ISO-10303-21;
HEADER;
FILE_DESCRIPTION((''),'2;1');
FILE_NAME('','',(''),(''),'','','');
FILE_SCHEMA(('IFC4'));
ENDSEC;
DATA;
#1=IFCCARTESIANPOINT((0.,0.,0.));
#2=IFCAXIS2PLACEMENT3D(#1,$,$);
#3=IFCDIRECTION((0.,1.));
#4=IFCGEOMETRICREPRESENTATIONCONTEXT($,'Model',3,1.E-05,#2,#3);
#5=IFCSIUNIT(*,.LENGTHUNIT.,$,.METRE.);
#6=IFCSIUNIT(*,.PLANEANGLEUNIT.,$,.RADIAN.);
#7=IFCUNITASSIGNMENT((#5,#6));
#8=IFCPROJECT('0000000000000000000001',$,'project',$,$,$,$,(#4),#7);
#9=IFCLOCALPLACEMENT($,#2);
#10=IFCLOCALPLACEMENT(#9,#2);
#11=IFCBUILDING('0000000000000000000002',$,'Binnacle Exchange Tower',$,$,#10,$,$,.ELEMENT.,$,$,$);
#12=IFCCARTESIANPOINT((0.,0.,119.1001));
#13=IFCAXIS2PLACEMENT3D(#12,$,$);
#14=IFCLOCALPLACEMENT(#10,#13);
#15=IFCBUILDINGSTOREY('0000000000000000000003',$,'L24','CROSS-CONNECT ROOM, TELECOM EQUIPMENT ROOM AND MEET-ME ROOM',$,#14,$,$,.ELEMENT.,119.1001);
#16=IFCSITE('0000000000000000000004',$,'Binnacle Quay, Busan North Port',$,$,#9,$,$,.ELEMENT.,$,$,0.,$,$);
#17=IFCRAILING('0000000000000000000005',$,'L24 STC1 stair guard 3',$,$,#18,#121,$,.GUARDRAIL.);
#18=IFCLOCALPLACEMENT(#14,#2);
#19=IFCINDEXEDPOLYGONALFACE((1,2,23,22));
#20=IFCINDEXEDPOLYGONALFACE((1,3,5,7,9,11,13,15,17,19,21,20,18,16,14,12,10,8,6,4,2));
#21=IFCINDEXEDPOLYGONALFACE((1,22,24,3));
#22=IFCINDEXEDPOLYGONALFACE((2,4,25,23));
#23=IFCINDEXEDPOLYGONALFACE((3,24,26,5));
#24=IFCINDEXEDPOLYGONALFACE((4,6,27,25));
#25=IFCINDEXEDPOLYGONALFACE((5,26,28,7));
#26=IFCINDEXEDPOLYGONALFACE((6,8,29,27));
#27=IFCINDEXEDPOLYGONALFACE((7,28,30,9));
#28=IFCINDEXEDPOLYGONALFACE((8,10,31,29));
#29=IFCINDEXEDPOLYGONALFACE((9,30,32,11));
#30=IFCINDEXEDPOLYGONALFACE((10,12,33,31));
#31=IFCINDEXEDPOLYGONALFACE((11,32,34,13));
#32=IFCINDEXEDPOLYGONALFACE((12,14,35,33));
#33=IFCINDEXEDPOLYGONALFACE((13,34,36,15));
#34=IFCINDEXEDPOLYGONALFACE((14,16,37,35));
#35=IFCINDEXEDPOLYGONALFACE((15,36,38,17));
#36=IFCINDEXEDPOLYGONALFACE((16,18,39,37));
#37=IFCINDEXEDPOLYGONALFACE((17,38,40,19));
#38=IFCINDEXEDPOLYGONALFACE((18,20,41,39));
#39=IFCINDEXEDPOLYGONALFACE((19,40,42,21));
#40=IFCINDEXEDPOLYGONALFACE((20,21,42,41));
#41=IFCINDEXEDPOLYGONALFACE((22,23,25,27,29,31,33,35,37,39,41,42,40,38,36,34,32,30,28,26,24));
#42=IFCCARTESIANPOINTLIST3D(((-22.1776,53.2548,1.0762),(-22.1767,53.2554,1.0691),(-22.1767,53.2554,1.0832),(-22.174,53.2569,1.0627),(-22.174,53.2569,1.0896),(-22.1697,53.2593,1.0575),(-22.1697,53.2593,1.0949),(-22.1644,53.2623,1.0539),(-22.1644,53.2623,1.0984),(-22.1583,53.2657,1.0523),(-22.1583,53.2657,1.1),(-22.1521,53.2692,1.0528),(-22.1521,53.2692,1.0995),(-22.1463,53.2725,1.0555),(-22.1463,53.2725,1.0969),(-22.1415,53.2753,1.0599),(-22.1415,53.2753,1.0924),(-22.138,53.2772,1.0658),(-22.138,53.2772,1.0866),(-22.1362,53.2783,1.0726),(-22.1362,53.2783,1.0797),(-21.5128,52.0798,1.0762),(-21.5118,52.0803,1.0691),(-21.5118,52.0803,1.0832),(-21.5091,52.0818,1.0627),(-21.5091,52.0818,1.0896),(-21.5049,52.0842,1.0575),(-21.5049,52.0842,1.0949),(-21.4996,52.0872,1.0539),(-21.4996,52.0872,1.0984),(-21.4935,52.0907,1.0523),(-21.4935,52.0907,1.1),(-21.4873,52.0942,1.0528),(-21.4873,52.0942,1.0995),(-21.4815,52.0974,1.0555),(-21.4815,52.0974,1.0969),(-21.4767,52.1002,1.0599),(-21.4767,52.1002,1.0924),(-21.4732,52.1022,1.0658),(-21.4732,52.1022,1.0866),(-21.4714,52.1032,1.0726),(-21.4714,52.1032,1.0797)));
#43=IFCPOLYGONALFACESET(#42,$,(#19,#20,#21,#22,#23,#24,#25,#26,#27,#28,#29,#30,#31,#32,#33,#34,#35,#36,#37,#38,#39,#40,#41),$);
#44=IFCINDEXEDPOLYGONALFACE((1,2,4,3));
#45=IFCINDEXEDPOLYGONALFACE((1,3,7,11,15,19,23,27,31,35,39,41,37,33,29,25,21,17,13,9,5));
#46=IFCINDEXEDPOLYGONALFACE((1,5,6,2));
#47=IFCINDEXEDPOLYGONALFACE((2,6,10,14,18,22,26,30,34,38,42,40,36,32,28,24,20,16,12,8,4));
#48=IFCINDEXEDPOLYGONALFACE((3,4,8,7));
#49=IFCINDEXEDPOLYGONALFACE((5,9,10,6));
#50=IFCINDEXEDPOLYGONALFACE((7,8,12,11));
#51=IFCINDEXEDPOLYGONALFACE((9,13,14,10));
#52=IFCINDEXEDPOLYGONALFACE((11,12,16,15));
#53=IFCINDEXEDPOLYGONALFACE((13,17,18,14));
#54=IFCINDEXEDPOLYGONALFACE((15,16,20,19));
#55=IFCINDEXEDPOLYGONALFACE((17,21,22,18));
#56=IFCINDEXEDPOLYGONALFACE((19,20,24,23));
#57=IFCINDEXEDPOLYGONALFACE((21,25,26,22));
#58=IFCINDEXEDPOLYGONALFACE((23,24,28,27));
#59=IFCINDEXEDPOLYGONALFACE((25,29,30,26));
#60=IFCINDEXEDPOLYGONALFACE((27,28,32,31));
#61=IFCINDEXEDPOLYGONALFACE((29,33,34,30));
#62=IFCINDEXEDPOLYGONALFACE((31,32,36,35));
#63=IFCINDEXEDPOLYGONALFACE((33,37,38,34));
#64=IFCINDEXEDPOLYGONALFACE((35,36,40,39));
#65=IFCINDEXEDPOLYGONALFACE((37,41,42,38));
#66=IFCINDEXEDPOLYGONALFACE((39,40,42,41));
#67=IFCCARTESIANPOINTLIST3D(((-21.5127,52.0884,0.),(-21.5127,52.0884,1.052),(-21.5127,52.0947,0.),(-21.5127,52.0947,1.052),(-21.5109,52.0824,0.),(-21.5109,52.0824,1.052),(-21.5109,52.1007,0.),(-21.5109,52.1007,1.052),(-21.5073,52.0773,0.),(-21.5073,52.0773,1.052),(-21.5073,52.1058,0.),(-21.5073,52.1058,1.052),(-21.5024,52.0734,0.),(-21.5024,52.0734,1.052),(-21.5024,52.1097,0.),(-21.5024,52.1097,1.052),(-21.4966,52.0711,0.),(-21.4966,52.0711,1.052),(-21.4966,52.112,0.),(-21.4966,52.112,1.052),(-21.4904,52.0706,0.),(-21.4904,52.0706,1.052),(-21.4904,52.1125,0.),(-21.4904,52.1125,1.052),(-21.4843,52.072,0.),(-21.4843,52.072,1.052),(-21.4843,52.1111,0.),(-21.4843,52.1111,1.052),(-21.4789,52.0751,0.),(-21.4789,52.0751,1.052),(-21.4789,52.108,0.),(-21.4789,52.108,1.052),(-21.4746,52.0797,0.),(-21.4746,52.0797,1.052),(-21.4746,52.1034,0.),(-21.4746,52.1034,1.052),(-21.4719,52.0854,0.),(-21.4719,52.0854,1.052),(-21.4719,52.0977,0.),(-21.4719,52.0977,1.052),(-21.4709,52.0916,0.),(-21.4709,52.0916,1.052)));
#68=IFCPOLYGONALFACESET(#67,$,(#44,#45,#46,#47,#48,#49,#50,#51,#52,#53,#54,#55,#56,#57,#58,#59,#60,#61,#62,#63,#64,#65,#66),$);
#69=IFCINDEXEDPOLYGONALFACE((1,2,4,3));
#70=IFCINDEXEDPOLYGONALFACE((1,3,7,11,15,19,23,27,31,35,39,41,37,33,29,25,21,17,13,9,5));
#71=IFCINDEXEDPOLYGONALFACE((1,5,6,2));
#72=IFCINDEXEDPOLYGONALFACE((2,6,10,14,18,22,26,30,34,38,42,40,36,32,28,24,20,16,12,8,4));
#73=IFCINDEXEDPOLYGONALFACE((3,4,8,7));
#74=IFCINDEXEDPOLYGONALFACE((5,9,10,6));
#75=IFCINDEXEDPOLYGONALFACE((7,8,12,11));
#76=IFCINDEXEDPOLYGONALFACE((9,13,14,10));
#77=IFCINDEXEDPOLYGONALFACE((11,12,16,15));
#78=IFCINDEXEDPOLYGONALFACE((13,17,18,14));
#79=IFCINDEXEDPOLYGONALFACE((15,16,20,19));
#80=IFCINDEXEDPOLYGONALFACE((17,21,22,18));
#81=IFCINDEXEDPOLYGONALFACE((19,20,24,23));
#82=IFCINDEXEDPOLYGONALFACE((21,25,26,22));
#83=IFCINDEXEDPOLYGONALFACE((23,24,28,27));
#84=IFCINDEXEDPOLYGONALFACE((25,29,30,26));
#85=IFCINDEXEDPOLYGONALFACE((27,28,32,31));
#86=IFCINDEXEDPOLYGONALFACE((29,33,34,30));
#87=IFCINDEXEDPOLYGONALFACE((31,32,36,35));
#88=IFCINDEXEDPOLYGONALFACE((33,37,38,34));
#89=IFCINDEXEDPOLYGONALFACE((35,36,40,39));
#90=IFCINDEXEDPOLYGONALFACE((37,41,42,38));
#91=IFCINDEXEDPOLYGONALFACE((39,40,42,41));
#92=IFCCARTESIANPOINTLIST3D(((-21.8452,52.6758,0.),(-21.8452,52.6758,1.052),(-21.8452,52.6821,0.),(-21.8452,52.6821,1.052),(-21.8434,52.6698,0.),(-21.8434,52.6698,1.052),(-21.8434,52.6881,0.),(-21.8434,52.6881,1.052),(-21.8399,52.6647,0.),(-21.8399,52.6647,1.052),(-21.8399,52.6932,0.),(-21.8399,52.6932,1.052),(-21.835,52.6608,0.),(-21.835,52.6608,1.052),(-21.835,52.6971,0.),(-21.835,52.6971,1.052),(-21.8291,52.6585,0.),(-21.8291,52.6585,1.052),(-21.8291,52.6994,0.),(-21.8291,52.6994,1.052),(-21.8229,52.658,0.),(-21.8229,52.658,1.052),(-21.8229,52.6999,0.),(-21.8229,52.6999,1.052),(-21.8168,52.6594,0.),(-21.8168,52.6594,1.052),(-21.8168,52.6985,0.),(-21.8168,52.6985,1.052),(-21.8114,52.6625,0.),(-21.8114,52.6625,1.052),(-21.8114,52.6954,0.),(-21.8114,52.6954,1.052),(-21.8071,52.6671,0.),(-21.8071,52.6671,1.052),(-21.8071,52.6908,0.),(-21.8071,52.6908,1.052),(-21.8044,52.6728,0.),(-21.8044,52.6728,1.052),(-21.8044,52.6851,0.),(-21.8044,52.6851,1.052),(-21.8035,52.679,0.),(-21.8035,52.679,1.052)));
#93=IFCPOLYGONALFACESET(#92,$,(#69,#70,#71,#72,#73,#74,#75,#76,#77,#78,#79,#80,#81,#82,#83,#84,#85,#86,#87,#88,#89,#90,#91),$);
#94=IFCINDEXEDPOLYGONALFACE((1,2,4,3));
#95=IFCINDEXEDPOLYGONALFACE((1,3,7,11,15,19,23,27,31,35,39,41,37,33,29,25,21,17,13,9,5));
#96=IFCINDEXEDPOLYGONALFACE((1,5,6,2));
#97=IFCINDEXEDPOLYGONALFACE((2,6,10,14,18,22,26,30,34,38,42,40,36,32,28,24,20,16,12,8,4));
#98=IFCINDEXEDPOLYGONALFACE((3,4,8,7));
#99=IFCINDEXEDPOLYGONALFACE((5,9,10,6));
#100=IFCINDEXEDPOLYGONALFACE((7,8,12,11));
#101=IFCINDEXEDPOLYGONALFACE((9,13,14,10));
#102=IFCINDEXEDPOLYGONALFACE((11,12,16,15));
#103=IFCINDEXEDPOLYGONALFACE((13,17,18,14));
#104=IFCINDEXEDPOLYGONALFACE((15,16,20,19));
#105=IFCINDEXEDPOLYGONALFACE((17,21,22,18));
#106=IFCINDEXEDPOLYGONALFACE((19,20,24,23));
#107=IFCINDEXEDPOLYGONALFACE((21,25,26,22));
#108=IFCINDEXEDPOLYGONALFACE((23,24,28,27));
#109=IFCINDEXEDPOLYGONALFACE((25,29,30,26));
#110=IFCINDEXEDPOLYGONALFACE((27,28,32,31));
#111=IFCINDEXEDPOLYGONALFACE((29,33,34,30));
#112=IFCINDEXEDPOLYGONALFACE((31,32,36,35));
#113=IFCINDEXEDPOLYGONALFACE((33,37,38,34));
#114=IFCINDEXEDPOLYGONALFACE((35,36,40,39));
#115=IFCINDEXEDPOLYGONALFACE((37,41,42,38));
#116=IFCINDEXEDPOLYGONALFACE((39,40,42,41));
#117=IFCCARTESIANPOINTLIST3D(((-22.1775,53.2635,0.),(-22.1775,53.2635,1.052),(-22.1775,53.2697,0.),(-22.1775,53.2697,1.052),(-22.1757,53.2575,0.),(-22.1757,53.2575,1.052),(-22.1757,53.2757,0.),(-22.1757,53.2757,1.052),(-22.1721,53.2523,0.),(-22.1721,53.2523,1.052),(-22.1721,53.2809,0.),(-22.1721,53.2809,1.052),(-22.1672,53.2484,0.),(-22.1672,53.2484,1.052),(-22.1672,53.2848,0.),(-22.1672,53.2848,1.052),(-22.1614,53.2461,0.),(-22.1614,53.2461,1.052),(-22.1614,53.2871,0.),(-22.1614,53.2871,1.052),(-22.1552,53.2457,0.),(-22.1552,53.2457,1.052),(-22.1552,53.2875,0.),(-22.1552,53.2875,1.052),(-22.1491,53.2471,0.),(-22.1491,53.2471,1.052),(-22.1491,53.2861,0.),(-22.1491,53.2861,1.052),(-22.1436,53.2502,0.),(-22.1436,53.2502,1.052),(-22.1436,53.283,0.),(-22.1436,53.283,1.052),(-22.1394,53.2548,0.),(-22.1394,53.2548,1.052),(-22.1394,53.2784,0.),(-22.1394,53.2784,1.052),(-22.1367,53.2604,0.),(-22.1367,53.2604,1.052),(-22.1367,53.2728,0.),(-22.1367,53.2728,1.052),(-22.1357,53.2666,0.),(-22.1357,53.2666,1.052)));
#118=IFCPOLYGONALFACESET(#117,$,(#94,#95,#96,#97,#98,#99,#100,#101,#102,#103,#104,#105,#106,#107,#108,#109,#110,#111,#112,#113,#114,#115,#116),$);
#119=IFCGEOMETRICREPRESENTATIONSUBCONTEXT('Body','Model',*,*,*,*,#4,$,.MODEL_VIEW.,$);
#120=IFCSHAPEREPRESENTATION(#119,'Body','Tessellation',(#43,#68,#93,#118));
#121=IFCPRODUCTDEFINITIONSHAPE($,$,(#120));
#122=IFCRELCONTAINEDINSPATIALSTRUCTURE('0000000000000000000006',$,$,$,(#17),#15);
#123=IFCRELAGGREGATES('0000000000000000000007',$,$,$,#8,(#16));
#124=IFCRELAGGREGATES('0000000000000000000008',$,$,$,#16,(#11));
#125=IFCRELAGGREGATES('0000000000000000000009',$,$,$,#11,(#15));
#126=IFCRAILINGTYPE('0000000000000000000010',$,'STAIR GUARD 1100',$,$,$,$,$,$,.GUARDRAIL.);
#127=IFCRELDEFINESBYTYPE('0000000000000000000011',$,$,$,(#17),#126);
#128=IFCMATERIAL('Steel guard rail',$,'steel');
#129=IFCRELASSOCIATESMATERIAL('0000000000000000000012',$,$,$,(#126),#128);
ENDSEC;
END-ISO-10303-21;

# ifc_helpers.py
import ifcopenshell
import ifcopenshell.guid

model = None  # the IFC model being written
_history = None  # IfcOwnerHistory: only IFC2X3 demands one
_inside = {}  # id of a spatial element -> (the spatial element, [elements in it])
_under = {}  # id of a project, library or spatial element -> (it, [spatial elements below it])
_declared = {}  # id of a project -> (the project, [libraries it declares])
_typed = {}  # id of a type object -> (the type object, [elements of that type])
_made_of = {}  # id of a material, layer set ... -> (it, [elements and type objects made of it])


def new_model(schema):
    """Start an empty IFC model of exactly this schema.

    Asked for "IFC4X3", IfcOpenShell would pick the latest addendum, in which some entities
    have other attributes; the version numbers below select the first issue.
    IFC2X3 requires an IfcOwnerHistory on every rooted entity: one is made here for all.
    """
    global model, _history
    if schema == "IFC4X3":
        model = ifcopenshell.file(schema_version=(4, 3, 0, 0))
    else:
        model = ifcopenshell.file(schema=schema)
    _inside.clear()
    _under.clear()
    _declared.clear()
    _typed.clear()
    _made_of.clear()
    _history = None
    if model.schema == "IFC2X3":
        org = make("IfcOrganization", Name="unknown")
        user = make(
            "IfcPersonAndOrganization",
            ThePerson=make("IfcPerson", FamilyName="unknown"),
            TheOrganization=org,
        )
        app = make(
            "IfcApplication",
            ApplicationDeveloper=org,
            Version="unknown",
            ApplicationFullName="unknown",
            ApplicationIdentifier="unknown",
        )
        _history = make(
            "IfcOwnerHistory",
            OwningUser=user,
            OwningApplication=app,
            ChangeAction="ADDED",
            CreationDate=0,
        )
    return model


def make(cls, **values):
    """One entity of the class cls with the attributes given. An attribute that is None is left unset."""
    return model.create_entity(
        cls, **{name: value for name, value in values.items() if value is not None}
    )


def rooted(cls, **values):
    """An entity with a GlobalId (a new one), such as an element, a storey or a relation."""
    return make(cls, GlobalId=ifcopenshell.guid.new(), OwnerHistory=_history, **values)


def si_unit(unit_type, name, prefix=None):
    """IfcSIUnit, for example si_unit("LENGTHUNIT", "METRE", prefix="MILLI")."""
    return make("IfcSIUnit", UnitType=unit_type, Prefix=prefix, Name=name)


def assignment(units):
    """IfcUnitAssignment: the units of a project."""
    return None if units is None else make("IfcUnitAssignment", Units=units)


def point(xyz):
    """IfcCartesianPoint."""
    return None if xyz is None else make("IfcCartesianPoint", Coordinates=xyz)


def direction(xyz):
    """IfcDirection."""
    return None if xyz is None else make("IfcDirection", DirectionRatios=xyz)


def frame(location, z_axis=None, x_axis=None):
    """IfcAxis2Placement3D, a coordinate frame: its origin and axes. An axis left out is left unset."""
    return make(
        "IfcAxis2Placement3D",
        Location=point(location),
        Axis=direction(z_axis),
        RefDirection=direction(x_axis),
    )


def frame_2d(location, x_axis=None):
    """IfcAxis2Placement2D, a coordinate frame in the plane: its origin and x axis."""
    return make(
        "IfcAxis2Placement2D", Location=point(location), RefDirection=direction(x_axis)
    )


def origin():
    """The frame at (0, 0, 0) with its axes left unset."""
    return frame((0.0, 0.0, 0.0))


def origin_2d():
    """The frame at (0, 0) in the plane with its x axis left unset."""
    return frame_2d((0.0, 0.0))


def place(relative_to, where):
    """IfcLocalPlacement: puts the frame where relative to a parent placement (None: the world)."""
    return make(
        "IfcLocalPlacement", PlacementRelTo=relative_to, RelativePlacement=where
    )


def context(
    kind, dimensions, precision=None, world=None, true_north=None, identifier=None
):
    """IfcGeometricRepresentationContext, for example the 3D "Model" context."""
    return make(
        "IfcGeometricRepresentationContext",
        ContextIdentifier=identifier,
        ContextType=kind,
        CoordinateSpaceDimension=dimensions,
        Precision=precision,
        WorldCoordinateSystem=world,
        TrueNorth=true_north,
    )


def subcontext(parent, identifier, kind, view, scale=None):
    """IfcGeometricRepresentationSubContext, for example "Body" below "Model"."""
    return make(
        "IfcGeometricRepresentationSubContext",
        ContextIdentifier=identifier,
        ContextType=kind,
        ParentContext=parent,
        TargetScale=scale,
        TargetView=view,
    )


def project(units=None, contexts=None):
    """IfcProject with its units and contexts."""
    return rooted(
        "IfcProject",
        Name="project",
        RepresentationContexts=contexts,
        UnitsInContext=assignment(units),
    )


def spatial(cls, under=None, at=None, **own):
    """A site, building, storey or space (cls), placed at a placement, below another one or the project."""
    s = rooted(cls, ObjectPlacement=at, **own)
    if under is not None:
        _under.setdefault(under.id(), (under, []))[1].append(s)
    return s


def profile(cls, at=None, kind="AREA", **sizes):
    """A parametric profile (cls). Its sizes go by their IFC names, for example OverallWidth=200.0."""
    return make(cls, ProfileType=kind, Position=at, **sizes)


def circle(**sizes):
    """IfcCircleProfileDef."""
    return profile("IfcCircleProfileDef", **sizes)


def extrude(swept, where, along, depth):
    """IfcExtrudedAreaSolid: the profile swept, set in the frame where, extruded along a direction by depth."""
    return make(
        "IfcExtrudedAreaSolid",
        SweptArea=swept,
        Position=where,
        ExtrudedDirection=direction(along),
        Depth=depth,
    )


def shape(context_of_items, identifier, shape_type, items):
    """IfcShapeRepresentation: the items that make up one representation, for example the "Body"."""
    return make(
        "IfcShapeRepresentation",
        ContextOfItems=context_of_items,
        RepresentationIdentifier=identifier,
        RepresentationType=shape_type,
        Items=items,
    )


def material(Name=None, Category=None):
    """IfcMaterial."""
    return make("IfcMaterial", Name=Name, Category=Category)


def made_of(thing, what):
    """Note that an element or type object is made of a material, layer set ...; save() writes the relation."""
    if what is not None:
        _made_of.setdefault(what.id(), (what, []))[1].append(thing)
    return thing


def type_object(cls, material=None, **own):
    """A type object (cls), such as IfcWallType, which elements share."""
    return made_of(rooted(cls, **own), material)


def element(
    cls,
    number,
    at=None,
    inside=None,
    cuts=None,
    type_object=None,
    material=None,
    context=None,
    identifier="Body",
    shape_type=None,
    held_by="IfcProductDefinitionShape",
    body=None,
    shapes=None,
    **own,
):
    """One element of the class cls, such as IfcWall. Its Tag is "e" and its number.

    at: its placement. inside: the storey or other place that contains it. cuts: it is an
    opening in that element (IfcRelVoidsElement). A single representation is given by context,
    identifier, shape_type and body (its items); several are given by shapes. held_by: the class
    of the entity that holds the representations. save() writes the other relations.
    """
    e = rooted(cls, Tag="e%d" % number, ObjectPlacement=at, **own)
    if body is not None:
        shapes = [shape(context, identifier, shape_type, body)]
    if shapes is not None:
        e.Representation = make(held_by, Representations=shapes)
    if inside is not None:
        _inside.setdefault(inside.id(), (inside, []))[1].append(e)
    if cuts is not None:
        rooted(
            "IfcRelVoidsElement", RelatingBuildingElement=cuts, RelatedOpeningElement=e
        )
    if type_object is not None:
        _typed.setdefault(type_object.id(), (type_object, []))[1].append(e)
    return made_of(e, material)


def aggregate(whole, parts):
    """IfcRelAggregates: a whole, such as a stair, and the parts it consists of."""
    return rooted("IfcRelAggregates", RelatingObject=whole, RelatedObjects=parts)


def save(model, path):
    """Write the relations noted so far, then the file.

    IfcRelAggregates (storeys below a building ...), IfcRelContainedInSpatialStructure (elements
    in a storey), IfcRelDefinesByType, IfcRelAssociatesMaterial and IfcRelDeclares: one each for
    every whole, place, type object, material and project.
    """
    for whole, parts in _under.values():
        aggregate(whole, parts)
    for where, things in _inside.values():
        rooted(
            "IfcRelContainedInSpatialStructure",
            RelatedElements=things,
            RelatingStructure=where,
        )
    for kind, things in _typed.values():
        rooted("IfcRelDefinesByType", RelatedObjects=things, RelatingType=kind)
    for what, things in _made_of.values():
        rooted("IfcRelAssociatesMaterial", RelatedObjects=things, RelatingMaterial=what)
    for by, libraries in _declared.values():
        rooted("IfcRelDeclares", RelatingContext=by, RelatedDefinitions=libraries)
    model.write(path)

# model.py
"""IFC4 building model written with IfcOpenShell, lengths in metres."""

from ifc_helpers import new_model, si_unit, direction, frame, origin, origin_2d, place, context, subcontext, project, spatial, circle, extrude, material, type_object, element, save


model = new_model("IFC4")

# Units and contexts
model_context = context("Model", 3, precision=1e-05, world=origin(), true_north=direction((0.0, 1.0)))
body_context = subcontext(model_context, "Body", "Model", "MODEL_VIEW")
ifc_project = project(units=[si_unit("LENGTHUNIT", "METRE"), si_unit("PLANEANGLEUNIT", "RADIAN")], contexts=[model_context])

# Site, building, storey
site_placement = place(None, origin())
site = spatial("IfcSite", under=ifc_project, at=site_placement, Name="Binnacle Quay, Busan North Port", CompositionType="ELEMENT", RefElevation=0.0)
building_placement = place(site_placement, origin())
building = spatial("IfcBuilding", under=site, at=building_placement, Name="Binnacle Exchange Tower", CompositionType="ELEMENT")
storey_placement = place(building_placement, frame((0.0, 0.0, 119.1001)))
storey = spatial("IfcBuildingStorey", under=building, at=storey_placement, Name="L24", Description="CROSS-CONNECT ROOM, TELECOM EQUIPMENT ROOM AND MEET-ME ROOM", CompositionType="ELEMENT", Elevation=119.1001)

# Railing
ifc_material_1 = material(Name="Steel guard rail", Category="steel")
railing_type_1 = type_object("IfcRailingType", Name="STAIR GUARD 1100", PredefinedType="GUARDRAIL", material=ifc_material_1)
railing_1_placement = place(storey_placement, frame((-21.4919, 52.0916, 0.0)))
element("IfcRailing", 1, at=railing_1_placement, inside=storey, type_object=railing_type_1, Name="L24 STC1 stair guard 3", PredefinedType="GUARDRAIL", context=body_context, shape_type="SweptSolid", body=[
    extrude(circle(Radius=0.0239, at=origin_2d()), frame((0.0, 0.0, 1.0762), z_axis=(-0.492415, 0.870361, 0.0), x_axis=(-0.870361, -0.492415, 0.0)), (0.0, 0.0, 1.0), 1.3501),
    extrude(circle(Radius=0.021, at=origin_2d()), origin(), (0.0, 0.0, 1.0), 1.052),
    extrude(circle(Radius=0.021, at=origin_2d()), frame((-0.3325, 0.5874, 0.0)), (0.0, 0.0, 1.0), 1.052),
    extrude(circle(Radius=0.021, at=origin_2d()), frame((-0.6648, 1.175, 0.0)), (0.0, 0.0, 1.0), 1.052),
])

save(model, "model.ifc")
